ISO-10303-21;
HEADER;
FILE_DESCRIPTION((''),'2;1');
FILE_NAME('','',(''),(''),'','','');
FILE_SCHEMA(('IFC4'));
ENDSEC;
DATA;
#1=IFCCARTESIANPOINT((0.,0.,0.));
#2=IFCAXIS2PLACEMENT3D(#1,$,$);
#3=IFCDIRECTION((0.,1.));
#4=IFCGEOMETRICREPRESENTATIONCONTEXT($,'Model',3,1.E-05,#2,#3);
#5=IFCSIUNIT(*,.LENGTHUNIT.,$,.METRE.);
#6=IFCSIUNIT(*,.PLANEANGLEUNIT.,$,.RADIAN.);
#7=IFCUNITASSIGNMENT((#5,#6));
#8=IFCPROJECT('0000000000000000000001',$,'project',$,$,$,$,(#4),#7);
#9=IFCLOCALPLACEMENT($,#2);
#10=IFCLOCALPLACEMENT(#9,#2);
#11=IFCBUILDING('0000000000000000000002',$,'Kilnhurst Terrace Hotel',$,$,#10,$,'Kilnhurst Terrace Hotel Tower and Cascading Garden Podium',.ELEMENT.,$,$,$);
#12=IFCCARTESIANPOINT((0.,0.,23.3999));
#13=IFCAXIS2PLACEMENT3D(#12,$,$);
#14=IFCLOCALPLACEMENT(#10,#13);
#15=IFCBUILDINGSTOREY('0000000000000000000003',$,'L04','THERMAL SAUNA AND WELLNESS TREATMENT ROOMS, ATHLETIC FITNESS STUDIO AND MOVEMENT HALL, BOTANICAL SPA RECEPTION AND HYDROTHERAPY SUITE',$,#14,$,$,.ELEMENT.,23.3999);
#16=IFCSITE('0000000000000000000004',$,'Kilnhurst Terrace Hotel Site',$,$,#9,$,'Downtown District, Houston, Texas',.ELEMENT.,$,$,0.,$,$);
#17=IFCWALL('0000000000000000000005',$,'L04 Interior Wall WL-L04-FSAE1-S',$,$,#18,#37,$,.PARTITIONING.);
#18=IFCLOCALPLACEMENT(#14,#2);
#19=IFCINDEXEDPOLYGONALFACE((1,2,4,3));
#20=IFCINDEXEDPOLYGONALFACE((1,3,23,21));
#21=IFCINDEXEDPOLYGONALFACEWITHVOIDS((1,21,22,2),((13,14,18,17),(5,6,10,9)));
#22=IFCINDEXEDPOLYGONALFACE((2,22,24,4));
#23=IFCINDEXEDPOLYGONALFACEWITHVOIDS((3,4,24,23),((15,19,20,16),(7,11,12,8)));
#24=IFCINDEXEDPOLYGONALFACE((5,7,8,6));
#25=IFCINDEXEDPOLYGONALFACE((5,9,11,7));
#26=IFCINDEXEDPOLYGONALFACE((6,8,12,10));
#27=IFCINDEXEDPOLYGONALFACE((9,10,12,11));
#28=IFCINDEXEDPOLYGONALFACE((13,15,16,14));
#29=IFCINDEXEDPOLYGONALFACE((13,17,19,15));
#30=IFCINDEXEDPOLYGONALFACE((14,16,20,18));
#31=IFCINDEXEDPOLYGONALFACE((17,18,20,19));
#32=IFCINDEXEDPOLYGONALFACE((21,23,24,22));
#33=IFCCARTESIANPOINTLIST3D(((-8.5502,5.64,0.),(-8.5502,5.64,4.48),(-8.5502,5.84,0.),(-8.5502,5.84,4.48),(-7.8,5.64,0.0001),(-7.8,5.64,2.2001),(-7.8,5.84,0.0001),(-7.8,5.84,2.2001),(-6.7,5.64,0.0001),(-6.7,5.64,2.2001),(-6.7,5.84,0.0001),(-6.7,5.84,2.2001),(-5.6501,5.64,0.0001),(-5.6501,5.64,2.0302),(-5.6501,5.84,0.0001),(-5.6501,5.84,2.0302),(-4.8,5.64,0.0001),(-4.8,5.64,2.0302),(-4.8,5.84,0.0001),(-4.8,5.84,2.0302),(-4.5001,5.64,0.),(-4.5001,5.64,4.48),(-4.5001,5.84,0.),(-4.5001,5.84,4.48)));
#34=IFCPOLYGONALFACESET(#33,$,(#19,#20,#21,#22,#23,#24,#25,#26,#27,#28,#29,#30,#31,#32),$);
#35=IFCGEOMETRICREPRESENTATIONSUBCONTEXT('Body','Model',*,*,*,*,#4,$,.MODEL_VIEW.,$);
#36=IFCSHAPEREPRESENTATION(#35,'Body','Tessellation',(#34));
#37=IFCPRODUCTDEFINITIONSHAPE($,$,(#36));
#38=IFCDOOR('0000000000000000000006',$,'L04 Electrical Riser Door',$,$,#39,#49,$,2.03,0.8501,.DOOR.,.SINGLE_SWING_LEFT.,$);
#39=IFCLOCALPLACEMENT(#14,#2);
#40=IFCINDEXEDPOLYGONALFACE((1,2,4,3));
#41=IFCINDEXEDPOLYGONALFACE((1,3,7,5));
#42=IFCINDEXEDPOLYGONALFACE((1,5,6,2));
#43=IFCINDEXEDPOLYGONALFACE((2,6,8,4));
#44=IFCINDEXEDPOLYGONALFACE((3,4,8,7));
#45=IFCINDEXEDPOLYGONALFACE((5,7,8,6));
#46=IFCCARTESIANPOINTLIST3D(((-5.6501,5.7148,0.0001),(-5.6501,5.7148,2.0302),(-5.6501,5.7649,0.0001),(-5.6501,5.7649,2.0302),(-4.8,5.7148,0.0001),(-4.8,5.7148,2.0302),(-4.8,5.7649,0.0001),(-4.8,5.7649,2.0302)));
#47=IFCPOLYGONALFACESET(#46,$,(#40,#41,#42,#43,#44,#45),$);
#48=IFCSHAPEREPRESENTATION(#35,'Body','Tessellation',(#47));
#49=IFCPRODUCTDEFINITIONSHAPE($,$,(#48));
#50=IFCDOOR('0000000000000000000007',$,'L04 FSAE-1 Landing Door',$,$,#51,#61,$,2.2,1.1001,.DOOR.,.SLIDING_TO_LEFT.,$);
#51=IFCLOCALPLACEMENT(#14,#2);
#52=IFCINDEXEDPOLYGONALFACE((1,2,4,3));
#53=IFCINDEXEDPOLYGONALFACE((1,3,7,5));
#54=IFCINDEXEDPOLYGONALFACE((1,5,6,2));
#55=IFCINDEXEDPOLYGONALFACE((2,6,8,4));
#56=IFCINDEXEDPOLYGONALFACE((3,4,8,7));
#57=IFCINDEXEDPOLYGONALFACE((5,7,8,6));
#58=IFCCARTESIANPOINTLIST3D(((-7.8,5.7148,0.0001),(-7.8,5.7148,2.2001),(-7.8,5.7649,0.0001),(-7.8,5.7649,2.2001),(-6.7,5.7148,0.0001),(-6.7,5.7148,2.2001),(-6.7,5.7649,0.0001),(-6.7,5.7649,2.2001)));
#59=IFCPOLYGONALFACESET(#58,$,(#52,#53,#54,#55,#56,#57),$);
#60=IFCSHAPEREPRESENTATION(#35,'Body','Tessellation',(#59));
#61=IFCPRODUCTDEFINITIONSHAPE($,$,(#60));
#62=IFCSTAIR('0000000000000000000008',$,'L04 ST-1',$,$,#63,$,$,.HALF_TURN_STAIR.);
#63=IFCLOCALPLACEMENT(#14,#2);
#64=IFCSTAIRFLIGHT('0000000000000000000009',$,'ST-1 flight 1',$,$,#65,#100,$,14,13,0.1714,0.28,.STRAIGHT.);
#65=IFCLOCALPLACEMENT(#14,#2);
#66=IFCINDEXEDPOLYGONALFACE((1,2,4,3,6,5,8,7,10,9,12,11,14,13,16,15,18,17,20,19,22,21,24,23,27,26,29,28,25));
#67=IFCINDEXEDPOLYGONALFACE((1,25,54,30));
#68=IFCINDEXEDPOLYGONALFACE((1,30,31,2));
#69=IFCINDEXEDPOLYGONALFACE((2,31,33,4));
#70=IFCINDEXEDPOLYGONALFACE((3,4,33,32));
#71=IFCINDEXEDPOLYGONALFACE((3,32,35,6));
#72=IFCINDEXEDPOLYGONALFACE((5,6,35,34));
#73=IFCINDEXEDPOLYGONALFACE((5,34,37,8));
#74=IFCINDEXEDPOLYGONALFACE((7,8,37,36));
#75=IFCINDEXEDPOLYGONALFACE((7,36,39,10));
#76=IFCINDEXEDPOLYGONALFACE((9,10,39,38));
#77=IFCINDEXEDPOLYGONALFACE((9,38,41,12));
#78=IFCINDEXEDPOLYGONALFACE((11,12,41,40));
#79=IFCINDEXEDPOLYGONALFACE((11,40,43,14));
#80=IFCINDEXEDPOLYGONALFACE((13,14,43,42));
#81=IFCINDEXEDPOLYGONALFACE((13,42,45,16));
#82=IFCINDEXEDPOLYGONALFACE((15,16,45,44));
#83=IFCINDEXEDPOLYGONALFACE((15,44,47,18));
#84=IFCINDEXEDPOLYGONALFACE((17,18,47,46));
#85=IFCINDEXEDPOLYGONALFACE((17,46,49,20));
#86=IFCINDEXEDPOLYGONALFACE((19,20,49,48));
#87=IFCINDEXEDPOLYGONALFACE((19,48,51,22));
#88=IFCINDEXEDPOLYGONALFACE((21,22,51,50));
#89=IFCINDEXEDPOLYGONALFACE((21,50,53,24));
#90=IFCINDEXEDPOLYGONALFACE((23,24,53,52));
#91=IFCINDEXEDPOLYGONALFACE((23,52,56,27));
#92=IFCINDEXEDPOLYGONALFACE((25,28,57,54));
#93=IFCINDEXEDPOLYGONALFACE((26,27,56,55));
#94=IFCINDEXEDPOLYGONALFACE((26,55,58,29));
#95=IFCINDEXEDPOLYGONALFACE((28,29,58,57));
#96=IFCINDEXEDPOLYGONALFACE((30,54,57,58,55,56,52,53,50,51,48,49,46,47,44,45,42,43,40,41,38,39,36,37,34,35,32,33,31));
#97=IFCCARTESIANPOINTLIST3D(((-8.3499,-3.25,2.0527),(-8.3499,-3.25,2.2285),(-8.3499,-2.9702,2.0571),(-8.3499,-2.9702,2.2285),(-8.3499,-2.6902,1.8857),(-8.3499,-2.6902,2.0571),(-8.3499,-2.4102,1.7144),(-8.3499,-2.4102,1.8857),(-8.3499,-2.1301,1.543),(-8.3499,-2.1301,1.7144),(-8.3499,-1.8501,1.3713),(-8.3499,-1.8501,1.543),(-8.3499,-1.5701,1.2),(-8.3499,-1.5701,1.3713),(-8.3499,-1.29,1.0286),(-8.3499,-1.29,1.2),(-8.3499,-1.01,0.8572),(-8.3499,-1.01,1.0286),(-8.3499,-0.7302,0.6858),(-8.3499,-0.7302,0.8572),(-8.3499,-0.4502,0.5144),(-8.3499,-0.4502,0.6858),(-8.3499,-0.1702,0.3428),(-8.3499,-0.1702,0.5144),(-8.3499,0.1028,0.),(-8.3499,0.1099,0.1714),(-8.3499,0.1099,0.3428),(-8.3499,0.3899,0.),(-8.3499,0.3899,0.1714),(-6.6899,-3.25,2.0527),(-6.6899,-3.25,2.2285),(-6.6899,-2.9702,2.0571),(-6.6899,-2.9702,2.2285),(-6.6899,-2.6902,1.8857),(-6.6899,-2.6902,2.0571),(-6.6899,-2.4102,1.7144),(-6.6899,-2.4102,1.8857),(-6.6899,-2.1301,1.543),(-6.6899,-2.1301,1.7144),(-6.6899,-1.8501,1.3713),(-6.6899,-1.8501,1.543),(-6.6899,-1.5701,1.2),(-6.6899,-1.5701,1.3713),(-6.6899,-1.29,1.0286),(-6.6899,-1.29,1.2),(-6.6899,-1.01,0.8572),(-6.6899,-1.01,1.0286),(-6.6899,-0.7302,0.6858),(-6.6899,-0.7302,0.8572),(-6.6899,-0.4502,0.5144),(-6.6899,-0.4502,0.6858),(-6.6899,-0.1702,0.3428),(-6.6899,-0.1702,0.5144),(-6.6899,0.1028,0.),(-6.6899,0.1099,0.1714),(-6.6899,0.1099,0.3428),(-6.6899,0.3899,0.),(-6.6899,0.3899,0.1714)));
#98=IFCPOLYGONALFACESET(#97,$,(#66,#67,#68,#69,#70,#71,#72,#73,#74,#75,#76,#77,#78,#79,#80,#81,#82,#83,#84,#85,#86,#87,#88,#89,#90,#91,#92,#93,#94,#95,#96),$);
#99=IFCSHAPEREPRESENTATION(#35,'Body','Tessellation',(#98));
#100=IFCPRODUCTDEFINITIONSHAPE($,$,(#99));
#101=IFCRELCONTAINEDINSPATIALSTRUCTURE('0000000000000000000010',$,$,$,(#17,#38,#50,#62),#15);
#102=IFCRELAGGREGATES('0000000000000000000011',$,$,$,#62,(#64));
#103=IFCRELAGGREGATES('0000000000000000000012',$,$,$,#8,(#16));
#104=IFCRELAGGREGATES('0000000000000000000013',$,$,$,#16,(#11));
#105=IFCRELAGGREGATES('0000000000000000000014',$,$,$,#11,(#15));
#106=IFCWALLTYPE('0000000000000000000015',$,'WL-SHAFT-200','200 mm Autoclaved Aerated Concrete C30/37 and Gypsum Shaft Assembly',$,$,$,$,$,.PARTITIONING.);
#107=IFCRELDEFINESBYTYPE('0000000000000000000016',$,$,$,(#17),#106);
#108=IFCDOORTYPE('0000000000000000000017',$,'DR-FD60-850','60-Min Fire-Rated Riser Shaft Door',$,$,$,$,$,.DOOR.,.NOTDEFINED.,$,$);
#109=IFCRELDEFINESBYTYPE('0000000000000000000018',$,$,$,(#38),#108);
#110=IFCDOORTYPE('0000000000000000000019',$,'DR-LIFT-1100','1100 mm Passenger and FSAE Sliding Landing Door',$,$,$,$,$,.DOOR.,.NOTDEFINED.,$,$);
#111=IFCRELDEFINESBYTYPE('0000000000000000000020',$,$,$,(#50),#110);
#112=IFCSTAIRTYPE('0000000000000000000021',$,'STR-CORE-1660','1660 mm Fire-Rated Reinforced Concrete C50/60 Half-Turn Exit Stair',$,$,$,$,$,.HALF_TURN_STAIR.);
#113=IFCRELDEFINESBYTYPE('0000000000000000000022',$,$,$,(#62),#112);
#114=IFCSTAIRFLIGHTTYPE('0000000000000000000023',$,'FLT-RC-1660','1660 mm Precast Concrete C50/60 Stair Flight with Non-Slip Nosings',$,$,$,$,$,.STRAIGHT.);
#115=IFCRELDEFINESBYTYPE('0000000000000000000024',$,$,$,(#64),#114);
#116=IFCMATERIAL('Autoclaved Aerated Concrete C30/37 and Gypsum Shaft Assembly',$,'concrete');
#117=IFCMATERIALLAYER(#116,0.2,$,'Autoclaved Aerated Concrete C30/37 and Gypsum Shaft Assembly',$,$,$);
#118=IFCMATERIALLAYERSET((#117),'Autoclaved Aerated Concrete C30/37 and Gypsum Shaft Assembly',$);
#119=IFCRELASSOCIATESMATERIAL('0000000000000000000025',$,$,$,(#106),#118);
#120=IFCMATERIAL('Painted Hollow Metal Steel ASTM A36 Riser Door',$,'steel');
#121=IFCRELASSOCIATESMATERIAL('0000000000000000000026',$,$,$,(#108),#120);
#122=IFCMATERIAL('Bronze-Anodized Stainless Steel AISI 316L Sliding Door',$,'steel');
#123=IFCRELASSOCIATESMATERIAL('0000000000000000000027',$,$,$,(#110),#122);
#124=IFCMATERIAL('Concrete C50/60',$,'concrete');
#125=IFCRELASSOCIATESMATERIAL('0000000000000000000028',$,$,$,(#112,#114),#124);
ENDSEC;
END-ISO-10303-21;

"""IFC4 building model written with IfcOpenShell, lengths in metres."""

from ifc_helpers import new_model, si_unit, direction, frame, frame_2d, origin, place, context, subcontext, project, spatial, polyline, rectangle, outline, extrude, material, layer, layer_set, type_object, element, fill, aggregate, save


model = new_model("IFC4")

# Units and contexts
model_context = context("Model", 3, precision=1e-05, world=origin(), true_north=direction((0.0, 1.0)))
body_context = subcontext(model_context, "Body", "Model", "MODEL_VIEW")
ifc_project = project(units=[si_unit("LENGTHUNIT", "METRE"), si_unit("PLANEANGLEUNIT", "RADIAN")], contexts=[model_context])

# Site, building, storey
site_placement = place(None, origin())
site = spatial("IfcSite", under=ifc_project, at=site_placement, Name="Kilnhurst Terrace Hotel Site", LongName="Downtown District, Houston, Texas", CompositionType="ELEMENT", RefElevation=0.0)
building_placement = place(site_placement, origin())
building = spatial("IfcBuilding", under=site, at=building_placement, Name="Kilnhurst Terrace Hotel", LongName="Kilnhurst Terrace Hotel Tower and Cascading Garden Podium", CompositionType="ELEMENT")
storey_placement = place(building_placement, frame((0.0, 0.0, 23.3999)))
storey = spatial("IfcBuildingStorey", under=building, at=storey_placement, Name="L04", Description="THERMAL SAUNA AND WELLNESS TREATMENT ROOMS, ATHLETIC FITNESS STUDIO AND MOVEMENT HALL, BOTANICAL SPA RECEPTION AND HYDROTHERAPY SUITE", CompositionType="ELEMENT", Elevation=23.3999)

# Shared definitions
ifc_material_1 = material(Name="Concrete C50/60", Category="concrete")

# Wall, openings, doors
ifc_material_2 = material(Name="Autoclaved Aerated Concrete C30/37 and Gypsum Shaft Assembly", Category="concrete")
ifc_layer_1 = layer(ifc_material_2, 0.2, Name="Autoclaved Aerated Concrete C30/37 and Gypsum Shaft Assembly")
ifc_layer_set_1 = layer_set([ifc_layer_1], Name="Autoclaved Aerated Concrete C30/37 and Gypsum Shaft Assembly")
wall_type_1 = type_object("IfcWallType", Name="WL-SHAFT-200", Description="200 mm Autoclaved Aerated Concrete C30/37 and Gypsum Shaft Assembly", PredefinedType="PARTITIONING", material=ifc_layer_set_1)
wall_1_placement = place(storey_placement, frame((-8.55, 5.74, 0.0), z_axis=(0.0, 0.0, 1.0), x_axis=(1.0, 0.0, 0.0)))
wall_1 = element("IfcWall", 1, at=wall_1_placement, inside=storey, type_object=wall_type_1, Name="L04 Interior Wall WL-L04-FSAE1-S", PredefinedType="PARTITIONING", context=body_context, shape_type="SweptSolid", body=[
    extrude(rectangle(XDim=4.05, YDim=0.2, at=frame_2d((2.0249, 0.0))), origin(), (0.0, 0.0, 1.0), 4.48),
])
opening_1_placement = place(wall_1_placement, frame((0.75, 0.0, 0.0)))
opening_1 = element("IfcOpeningElement", 2, at=opening_1_placement, cuts=wall_1, PredefinedType="OPENING", context=body_context, shape_type="SweptSolid", body=[
    extrude(rectangle(XDim=1.1001, YDim=2.2, at=frame_2d((0.55, 1.1001))), frame((0.0, 0.1099, 0.0), z_axis=(0.0, -1.0, 0.0), x_axis=(1.0, 0.0, 0.0)), (0.0, 0.0, 1.0), 0.22),
])
opening_2_placement = place(wall_1_placement, frame((2.8999, 0.0, 0.0)))
opening_2 = element("IfcOpeningElement", 3, at=opening_2_placement, cuts=wall_1, PredefinedType="OPENING", context=body_context, shape_type="SweptSolid", body=[
    extrude(rectangle(XDim=0.8501, YDim=2.03, at=frame_2d((0.425, 1.0151))), frame((0.0, 0.1099, 0.0), z_axis=(0.0, -1.0, 0.0), x_axis=(1.0, 0.0, 0.0)), (0.0, 0.0, 1.0), 0.22),
])
ifc_material_3 = material(Name="Painted Hollow Metal Steel ASTM A36 Riser Door", Category="steel")
door_type_1 = type_object("IfcDoorType", Name="DR-FD60-850", Description="60-Min Fire-Rated Riser Shaft Door", OperationType="NOTDEFINED", PredefinedType="DOOR", material=ifc_material_3)
door_1_placement = place(opening_2_placement, origin())
door_1 = element("IfcDoor", 4, at=door_1_placement, inside=storey, type_object=door_type_1, Name="L04 Electrical Riser Door", OperationType="SINGLE_SWING_LEFT", OverallHeight=2.03, OverallWidth=0.8501, PredefinedType="DOOR", context=body_context, shape_type="SweptSolid", body=[
    extrude(rectangle(XDim=0.8501, YDim=2.03, at=frame_2d((0.425, 1.0151))), frame((0.0, 0.0249, 0.0), z_axis=(0.0, -1.0, 0.0), x_axis=(1.0, 0.0, 0.0)), (0.0, 0.0, 1.0), 0.05),
])
fill(opening_2, door_1)
ifc_material_4 = material(Name="Bronze-Anodized Stainless Steel AISI 316L Sliding Door", Category="steel")
door_type_2 = type_object("IfcDoorType", Name="DR-LIFT-1100", Description="1100 mm Passenger and FSAE Sliding Landing Door", OperationType="NOTDEFINED", PredefinedType="DOOR", material=ifc_material_4)
door_2_placement = place(opening_1_placement, origin())
door_2 = element("IfcDoor", 5, at=door_2_placement, inside=storey, type_object=door_type_2, Name="L04 FSAE-1 Landing Door", OperationType="SLIDING_TO_LEFT", OverallHeight=2.2, OverallWidth=1.1001, PredefinedType="DOOR", context=body_context, shape_type="SweptSolid", body=[
    extrude(rectangle(XDim=1.1001, YDim=2.2, at=frame_2d((0.55, 1.1001))), frame((0.0, 0.0249, 0.0), z_axis=(0.0, -1.0, 0.0), x_axis=(1.0, 0.0, 0.0)), (0.0, 0.0, 1.0), 0.05),
])
fill(opening_1, door_2)

# Stair, stair flight
stair_type = type_object("IfcStairType", Name="STR-CORE-1660", Description="1660 mm Fire-Rated Reinforced Concrete C50/60 Half-Turn Exit Stair", PredefinedType="HALF_TURN_STAIR", material=ifc_material_1)
stair_placement = place(storey_placement, origin())
stair = element("IfcStair", 6, at=stair_placement, inside=storey, type_object=stair_type, Name="L04 ST-1", PredefinedType="HALF_TURN_STAIR")
stair_flight_type = type_object("IfcStairFlightType", Name="FLT-RC-1660", Description="1660 mm Precast Concrete C50/60 Stair Flight with Non-Slip Nosings", PredefinedType="STRAIGHT", material=ifc_material_1)
stair_flight_placement = place(storey_placement, frame((-7.52, 0.3899, 0.0), z_axis=(0.0, 0.0, 1.0), x_axis=(0.0, -1.0, 0.0)))
stair_flight = element("IfcStairFlight", 7, at=stair_flight_placement, type_object=stair_flight_type, Name="ST-1 flight 1", NumberOfRisers=14, NumberOfTreads=13, PredefinedType="STRAIGHT", RiserHeight=0.1714, TreadLength=0.28, context=body_context, shape_type="SweptSolid", body=[
    extrude(outline(polyline([(0.0, 0.0), (0.0, 0.1714), (0.28, 0.1714), (0.28, 0.3428), (0.5601, 0.3428), (0.5601, 0.5144), (0.8401, 0.5144), (0.8401, 0.6858), (1.1201, 0.6858), (1.1201, 0.8572), (1.3999, 0.8572), (1.3999, 1.0286), (1.6799, 1.0286), (1.6799, 1.2), (1.96, 1.2), (1.96, 1.3713), (2.24, 1.3713), (2.24, 1.543), (2.52, 1.543), (2.52, 1.7144), (2.8, 1.7144), (2.8, 1.8857), (3.0801, 1.8857), (3.0801, 2.0571), (3.3601, 2.0571), (3.3601, 2.2285), (3.6399, 2.2285), (3.6399, 2.3999), (3.6399, 2.0527), (0.2871, 0.0), (0.0, 0.0)])), frame((0.0, 0.8301, 0.0), z_axis=(0.0, -1.0, 0.0), x_axis=(1.0, 0.0, 0.0)), (0.0, 0.0, 1.0), 1.6599),
])
aggregate(stair, [stair_flight])

save(model, "model.ifc")
